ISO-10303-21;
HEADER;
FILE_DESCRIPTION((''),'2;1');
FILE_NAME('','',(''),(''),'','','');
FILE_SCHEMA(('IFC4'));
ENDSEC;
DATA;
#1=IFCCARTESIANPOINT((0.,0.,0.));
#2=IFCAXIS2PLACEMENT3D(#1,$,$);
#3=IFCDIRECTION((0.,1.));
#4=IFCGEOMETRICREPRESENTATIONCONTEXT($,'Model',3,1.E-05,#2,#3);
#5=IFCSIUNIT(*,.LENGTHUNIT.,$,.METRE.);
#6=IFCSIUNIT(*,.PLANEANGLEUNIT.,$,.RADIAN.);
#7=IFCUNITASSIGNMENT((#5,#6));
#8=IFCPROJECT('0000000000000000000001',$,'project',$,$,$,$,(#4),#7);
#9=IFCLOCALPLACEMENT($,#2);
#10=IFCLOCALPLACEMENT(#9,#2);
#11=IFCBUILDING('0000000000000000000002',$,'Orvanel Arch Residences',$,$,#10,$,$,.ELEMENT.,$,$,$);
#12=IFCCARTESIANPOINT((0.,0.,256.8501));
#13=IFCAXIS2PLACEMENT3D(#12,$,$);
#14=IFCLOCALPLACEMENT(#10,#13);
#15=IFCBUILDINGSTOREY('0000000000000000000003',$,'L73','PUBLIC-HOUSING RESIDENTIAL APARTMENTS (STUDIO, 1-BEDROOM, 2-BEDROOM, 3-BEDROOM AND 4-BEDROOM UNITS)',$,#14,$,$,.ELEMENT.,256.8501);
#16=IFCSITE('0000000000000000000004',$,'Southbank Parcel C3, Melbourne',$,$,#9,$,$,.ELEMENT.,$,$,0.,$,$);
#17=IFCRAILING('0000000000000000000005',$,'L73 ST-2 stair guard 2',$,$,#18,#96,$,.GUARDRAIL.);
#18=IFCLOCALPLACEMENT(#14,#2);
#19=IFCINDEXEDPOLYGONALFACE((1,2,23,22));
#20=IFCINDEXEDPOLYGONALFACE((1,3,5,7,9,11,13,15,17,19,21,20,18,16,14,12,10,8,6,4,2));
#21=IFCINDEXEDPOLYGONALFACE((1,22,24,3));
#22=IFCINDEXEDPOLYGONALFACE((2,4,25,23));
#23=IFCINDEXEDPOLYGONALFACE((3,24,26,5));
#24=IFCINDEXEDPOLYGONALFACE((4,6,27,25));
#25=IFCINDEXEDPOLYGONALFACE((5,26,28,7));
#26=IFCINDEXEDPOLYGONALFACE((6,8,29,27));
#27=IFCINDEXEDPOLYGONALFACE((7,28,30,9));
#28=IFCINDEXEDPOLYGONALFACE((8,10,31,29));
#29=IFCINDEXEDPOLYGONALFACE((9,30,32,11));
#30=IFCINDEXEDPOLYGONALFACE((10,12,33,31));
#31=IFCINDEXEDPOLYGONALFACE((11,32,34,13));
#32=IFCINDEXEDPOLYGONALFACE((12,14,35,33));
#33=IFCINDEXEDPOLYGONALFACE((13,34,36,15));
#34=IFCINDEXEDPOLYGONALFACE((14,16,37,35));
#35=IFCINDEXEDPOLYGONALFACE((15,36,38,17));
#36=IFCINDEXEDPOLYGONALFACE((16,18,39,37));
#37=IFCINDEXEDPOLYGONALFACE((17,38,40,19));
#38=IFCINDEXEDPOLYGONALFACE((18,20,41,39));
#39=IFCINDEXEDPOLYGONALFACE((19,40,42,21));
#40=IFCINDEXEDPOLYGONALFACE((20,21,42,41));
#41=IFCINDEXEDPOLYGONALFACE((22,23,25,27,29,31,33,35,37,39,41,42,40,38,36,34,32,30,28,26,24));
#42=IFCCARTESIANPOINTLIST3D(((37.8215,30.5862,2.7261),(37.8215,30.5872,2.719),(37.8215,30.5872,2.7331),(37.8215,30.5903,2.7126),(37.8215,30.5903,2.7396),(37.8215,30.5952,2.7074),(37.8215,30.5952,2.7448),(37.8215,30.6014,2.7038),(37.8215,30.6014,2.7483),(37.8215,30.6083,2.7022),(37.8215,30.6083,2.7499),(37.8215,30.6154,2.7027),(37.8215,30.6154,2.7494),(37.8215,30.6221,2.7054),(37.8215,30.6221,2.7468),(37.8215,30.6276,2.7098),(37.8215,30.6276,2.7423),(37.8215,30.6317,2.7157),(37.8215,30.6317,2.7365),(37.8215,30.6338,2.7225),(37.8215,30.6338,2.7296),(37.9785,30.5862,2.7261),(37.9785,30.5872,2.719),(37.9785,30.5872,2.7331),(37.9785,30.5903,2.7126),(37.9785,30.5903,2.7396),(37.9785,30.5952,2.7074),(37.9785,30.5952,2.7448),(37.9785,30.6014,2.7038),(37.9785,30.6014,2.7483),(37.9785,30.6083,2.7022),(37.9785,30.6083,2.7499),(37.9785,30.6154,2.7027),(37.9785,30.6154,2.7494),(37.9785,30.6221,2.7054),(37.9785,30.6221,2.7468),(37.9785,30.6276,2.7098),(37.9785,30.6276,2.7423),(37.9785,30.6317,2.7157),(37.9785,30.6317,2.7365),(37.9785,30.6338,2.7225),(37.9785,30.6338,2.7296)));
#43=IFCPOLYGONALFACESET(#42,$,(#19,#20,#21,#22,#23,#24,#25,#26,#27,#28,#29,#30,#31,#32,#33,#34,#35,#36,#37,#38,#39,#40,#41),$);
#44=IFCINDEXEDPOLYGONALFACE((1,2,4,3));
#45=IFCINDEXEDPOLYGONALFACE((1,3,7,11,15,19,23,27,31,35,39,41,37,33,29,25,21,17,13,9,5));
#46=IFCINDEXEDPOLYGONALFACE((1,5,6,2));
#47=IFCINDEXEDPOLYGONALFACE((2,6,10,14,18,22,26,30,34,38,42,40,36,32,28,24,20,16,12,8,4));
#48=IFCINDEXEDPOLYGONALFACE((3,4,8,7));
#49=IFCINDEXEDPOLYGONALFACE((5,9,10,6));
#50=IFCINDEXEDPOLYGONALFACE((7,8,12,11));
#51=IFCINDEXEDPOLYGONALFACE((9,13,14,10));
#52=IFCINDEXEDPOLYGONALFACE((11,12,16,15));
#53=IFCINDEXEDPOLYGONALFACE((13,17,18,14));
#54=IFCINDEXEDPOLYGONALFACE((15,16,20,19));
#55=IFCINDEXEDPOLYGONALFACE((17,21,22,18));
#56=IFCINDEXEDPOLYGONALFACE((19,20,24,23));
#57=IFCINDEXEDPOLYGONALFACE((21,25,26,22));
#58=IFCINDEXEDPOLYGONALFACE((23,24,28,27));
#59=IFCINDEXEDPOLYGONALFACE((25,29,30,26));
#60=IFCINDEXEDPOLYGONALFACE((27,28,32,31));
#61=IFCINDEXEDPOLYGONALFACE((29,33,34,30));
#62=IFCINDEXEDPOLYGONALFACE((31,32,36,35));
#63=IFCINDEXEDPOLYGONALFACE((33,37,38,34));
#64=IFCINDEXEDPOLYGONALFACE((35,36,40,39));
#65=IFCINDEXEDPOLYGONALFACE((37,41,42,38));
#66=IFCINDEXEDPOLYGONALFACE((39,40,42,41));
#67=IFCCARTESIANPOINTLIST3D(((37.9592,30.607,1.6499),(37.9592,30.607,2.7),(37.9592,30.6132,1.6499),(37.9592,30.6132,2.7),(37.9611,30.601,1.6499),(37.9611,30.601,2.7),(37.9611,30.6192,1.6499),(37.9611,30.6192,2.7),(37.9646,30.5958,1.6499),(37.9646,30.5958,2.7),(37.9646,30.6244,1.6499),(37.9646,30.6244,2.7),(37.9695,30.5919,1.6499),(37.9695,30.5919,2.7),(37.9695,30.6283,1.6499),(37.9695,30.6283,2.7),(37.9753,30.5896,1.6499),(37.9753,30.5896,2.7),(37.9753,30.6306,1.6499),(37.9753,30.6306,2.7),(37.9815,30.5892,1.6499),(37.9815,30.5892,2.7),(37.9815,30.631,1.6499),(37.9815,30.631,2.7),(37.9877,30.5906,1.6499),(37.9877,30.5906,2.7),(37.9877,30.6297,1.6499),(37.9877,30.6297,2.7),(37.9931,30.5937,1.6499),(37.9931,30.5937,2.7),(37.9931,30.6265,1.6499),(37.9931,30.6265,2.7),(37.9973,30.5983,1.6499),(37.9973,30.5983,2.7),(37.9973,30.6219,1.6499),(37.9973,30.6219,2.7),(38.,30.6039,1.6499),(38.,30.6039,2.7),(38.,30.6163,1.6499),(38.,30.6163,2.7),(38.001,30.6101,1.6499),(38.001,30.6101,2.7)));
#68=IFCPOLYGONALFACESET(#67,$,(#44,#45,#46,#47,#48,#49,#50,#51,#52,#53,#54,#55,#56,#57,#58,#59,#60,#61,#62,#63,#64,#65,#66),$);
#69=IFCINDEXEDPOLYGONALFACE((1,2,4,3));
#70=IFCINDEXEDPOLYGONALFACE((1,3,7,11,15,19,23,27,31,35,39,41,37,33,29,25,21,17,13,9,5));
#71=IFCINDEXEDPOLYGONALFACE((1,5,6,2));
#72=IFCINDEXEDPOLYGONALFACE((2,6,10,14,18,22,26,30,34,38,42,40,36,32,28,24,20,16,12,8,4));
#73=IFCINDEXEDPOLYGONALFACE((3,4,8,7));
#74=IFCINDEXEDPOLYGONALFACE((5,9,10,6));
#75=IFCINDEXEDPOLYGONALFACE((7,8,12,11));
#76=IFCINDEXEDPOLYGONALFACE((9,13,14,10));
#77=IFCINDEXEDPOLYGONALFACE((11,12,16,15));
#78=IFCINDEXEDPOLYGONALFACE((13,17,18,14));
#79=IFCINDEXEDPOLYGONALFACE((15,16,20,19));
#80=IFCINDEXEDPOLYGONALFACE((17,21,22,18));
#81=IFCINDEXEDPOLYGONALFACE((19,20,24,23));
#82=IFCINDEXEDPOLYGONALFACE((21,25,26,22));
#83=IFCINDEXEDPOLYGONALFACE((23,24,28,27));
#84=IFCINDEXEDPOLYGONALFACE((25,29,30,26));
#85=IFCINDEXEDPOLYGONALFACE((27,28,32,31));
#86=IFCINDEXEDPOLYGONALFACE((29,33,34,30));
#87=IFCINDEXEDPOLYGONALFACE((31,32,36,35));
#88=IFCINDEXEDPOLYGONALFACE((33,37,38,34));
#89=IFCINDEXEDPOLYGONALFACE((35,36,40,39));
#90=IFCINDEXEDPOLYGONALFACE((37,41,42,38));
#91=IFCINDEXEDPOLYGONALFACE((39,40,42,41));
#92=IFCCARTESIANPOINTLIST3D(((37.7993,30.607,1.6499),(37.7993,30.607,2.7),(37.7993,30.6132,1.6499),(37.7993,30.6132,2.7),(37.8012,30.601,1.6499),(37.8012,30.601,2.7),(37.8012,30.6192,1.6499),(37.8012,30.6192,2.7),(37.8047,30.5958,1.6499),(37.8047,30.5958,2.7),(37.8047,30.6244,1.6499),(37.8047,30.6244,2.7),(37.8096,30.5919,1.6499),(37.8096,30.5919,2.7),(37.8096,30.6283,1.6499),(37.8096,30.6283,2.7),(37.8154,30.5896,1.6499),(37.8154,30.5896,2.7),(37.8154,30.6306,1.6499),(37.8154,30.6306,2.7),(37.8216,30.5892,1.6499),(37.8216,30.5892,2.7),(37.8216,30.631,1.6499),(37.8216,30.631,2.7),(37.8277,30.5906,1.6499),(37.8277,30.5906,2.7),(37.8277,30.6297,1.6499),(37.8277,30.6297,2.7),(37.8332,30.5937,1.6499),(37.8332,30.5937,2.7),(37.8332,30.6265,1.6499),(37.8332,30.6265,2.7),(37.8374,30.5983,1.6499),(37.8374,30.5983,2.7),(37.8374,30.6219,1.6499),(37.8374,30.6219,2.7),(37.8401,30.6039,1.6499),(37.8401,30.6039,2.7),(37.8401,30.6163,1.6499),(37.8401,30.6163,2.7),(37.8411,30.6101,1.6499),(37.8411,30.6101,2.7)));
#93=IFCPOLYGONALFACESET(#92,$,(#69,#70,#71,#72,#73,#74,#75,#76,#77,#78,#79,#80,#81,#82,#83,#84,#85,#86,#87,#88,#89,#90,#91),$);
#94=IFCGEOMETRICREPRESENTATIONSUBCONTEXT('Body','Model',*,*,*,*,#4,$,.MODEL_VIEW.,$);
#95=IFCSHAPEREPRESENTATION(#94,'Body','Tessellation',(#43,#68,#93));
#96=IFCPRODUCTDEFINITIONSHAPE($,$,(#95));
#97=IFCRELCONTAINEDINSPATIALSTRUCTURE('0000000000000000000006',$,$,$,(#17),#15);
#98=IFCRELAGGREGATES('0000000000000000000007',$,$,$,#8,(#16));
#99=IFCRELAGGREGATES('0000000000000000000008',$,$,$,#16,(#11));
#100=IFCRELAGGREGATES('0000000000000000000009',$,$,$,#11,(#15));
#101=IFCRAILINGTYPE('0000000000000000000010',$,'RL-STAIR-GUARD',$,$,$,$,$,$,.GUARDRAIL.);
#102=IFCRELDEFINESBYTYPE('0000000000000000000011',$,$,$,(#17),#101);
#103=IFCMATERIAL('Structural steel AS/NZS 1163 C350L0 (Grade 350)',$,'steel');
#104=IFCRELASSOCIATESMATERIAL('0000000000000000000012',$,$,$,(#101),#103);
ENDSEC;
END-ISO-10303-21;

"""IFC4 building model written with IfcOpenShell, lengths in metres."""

from ifc_helpers import new_model, si_unit, direction, frame, origin, origin_2d, place, context, subcontext, project, spatial, circle, extrude, material, type_object, element, save


model = new_model("IFC4")

# Units and contexts
model_context = context("Model", 3, precision=1e-05, world=origin(), true_north=direction((0.0, 1.0)))
body_context = subcontext(model_context, "Body", "Model", "MODEL_VIEW")
ifc_project = project(units=[si_unit("LENGTHUNIT", "METRE"), si_unit("PLANEANGLEUNIT", "RADIAN")], contexts=[model_context])

# Site, building, storey
site_placement = place(None, origin())
site = spatial("IfcSite", under=ifc_project, at=site_placement, Name="Southbank Parcel C3, Melbourne", CompositionType="ELEMENT", RefElevation=0.0)
building_placement = place(site_placement, origin())
building = spatial("IfcBuilding", under=site, at=building_placement, Name="Orvanel Arch Residences", CompositionType="ELEMENT")
storey_placement = place(building_placement, frame((0.0, 0.0, 256.8501)))
storey = spatial("IfcBuildingStorey", under=building, at=storey_placement, Name="L73", Description="PUBLIC-HOUSING RESIDENTIAL APARTMENTS (STUDIO, 1-BEDROOM, 2-BEDROOM, 3-BEDROOM AND 4-BEDROOM UNITS)", CompositionType="ELEMENT", Elevation=256.8501)

# Railing
ifc_material_1 = material(Name="Structural steel AS/NZS 1163 C350L0 (Grade 350)", Category="steel")
railing_type_1 = type_object("IfcRailingType", Name="RL-STAIR-GUARD", PredefinedType="GUARDRAIL", material=ifc_material_1)
railing_1_placement = place(storey_placement, frame((37.98, 30.6101, 1.6499)))
element("IfcRailing", 1, at=railing_1_placement, inside=storey, type_object=railing_type_1, Name="L73 ST-2 stair guard 2", PredefinedType="GUARDRAIL", context=body_context, shape_type="SweptSolid", body=[
    extrude(circle(Radius=0.0239, at=origin_2d()), frame((-0.0015, 0.0, 1.0762), z_axis=(-1.0, 0.0, 0.0), x_axis=(0.0, -1.0, 0.0)), (0.0, 0.0, 1.0), 0.157),
    extrude(circle(Radius=0.021, at=origin_2d()), origin(), (0.0, 0.0, 1.0), 1.05),
    extrude(circle(Radius=0.021, at=origin_2d()), frame((-0.1599, 0.0, 0.0)), (0.0, 0.0, 1.0), 1.05),
])

save(model, "model.ifc")
